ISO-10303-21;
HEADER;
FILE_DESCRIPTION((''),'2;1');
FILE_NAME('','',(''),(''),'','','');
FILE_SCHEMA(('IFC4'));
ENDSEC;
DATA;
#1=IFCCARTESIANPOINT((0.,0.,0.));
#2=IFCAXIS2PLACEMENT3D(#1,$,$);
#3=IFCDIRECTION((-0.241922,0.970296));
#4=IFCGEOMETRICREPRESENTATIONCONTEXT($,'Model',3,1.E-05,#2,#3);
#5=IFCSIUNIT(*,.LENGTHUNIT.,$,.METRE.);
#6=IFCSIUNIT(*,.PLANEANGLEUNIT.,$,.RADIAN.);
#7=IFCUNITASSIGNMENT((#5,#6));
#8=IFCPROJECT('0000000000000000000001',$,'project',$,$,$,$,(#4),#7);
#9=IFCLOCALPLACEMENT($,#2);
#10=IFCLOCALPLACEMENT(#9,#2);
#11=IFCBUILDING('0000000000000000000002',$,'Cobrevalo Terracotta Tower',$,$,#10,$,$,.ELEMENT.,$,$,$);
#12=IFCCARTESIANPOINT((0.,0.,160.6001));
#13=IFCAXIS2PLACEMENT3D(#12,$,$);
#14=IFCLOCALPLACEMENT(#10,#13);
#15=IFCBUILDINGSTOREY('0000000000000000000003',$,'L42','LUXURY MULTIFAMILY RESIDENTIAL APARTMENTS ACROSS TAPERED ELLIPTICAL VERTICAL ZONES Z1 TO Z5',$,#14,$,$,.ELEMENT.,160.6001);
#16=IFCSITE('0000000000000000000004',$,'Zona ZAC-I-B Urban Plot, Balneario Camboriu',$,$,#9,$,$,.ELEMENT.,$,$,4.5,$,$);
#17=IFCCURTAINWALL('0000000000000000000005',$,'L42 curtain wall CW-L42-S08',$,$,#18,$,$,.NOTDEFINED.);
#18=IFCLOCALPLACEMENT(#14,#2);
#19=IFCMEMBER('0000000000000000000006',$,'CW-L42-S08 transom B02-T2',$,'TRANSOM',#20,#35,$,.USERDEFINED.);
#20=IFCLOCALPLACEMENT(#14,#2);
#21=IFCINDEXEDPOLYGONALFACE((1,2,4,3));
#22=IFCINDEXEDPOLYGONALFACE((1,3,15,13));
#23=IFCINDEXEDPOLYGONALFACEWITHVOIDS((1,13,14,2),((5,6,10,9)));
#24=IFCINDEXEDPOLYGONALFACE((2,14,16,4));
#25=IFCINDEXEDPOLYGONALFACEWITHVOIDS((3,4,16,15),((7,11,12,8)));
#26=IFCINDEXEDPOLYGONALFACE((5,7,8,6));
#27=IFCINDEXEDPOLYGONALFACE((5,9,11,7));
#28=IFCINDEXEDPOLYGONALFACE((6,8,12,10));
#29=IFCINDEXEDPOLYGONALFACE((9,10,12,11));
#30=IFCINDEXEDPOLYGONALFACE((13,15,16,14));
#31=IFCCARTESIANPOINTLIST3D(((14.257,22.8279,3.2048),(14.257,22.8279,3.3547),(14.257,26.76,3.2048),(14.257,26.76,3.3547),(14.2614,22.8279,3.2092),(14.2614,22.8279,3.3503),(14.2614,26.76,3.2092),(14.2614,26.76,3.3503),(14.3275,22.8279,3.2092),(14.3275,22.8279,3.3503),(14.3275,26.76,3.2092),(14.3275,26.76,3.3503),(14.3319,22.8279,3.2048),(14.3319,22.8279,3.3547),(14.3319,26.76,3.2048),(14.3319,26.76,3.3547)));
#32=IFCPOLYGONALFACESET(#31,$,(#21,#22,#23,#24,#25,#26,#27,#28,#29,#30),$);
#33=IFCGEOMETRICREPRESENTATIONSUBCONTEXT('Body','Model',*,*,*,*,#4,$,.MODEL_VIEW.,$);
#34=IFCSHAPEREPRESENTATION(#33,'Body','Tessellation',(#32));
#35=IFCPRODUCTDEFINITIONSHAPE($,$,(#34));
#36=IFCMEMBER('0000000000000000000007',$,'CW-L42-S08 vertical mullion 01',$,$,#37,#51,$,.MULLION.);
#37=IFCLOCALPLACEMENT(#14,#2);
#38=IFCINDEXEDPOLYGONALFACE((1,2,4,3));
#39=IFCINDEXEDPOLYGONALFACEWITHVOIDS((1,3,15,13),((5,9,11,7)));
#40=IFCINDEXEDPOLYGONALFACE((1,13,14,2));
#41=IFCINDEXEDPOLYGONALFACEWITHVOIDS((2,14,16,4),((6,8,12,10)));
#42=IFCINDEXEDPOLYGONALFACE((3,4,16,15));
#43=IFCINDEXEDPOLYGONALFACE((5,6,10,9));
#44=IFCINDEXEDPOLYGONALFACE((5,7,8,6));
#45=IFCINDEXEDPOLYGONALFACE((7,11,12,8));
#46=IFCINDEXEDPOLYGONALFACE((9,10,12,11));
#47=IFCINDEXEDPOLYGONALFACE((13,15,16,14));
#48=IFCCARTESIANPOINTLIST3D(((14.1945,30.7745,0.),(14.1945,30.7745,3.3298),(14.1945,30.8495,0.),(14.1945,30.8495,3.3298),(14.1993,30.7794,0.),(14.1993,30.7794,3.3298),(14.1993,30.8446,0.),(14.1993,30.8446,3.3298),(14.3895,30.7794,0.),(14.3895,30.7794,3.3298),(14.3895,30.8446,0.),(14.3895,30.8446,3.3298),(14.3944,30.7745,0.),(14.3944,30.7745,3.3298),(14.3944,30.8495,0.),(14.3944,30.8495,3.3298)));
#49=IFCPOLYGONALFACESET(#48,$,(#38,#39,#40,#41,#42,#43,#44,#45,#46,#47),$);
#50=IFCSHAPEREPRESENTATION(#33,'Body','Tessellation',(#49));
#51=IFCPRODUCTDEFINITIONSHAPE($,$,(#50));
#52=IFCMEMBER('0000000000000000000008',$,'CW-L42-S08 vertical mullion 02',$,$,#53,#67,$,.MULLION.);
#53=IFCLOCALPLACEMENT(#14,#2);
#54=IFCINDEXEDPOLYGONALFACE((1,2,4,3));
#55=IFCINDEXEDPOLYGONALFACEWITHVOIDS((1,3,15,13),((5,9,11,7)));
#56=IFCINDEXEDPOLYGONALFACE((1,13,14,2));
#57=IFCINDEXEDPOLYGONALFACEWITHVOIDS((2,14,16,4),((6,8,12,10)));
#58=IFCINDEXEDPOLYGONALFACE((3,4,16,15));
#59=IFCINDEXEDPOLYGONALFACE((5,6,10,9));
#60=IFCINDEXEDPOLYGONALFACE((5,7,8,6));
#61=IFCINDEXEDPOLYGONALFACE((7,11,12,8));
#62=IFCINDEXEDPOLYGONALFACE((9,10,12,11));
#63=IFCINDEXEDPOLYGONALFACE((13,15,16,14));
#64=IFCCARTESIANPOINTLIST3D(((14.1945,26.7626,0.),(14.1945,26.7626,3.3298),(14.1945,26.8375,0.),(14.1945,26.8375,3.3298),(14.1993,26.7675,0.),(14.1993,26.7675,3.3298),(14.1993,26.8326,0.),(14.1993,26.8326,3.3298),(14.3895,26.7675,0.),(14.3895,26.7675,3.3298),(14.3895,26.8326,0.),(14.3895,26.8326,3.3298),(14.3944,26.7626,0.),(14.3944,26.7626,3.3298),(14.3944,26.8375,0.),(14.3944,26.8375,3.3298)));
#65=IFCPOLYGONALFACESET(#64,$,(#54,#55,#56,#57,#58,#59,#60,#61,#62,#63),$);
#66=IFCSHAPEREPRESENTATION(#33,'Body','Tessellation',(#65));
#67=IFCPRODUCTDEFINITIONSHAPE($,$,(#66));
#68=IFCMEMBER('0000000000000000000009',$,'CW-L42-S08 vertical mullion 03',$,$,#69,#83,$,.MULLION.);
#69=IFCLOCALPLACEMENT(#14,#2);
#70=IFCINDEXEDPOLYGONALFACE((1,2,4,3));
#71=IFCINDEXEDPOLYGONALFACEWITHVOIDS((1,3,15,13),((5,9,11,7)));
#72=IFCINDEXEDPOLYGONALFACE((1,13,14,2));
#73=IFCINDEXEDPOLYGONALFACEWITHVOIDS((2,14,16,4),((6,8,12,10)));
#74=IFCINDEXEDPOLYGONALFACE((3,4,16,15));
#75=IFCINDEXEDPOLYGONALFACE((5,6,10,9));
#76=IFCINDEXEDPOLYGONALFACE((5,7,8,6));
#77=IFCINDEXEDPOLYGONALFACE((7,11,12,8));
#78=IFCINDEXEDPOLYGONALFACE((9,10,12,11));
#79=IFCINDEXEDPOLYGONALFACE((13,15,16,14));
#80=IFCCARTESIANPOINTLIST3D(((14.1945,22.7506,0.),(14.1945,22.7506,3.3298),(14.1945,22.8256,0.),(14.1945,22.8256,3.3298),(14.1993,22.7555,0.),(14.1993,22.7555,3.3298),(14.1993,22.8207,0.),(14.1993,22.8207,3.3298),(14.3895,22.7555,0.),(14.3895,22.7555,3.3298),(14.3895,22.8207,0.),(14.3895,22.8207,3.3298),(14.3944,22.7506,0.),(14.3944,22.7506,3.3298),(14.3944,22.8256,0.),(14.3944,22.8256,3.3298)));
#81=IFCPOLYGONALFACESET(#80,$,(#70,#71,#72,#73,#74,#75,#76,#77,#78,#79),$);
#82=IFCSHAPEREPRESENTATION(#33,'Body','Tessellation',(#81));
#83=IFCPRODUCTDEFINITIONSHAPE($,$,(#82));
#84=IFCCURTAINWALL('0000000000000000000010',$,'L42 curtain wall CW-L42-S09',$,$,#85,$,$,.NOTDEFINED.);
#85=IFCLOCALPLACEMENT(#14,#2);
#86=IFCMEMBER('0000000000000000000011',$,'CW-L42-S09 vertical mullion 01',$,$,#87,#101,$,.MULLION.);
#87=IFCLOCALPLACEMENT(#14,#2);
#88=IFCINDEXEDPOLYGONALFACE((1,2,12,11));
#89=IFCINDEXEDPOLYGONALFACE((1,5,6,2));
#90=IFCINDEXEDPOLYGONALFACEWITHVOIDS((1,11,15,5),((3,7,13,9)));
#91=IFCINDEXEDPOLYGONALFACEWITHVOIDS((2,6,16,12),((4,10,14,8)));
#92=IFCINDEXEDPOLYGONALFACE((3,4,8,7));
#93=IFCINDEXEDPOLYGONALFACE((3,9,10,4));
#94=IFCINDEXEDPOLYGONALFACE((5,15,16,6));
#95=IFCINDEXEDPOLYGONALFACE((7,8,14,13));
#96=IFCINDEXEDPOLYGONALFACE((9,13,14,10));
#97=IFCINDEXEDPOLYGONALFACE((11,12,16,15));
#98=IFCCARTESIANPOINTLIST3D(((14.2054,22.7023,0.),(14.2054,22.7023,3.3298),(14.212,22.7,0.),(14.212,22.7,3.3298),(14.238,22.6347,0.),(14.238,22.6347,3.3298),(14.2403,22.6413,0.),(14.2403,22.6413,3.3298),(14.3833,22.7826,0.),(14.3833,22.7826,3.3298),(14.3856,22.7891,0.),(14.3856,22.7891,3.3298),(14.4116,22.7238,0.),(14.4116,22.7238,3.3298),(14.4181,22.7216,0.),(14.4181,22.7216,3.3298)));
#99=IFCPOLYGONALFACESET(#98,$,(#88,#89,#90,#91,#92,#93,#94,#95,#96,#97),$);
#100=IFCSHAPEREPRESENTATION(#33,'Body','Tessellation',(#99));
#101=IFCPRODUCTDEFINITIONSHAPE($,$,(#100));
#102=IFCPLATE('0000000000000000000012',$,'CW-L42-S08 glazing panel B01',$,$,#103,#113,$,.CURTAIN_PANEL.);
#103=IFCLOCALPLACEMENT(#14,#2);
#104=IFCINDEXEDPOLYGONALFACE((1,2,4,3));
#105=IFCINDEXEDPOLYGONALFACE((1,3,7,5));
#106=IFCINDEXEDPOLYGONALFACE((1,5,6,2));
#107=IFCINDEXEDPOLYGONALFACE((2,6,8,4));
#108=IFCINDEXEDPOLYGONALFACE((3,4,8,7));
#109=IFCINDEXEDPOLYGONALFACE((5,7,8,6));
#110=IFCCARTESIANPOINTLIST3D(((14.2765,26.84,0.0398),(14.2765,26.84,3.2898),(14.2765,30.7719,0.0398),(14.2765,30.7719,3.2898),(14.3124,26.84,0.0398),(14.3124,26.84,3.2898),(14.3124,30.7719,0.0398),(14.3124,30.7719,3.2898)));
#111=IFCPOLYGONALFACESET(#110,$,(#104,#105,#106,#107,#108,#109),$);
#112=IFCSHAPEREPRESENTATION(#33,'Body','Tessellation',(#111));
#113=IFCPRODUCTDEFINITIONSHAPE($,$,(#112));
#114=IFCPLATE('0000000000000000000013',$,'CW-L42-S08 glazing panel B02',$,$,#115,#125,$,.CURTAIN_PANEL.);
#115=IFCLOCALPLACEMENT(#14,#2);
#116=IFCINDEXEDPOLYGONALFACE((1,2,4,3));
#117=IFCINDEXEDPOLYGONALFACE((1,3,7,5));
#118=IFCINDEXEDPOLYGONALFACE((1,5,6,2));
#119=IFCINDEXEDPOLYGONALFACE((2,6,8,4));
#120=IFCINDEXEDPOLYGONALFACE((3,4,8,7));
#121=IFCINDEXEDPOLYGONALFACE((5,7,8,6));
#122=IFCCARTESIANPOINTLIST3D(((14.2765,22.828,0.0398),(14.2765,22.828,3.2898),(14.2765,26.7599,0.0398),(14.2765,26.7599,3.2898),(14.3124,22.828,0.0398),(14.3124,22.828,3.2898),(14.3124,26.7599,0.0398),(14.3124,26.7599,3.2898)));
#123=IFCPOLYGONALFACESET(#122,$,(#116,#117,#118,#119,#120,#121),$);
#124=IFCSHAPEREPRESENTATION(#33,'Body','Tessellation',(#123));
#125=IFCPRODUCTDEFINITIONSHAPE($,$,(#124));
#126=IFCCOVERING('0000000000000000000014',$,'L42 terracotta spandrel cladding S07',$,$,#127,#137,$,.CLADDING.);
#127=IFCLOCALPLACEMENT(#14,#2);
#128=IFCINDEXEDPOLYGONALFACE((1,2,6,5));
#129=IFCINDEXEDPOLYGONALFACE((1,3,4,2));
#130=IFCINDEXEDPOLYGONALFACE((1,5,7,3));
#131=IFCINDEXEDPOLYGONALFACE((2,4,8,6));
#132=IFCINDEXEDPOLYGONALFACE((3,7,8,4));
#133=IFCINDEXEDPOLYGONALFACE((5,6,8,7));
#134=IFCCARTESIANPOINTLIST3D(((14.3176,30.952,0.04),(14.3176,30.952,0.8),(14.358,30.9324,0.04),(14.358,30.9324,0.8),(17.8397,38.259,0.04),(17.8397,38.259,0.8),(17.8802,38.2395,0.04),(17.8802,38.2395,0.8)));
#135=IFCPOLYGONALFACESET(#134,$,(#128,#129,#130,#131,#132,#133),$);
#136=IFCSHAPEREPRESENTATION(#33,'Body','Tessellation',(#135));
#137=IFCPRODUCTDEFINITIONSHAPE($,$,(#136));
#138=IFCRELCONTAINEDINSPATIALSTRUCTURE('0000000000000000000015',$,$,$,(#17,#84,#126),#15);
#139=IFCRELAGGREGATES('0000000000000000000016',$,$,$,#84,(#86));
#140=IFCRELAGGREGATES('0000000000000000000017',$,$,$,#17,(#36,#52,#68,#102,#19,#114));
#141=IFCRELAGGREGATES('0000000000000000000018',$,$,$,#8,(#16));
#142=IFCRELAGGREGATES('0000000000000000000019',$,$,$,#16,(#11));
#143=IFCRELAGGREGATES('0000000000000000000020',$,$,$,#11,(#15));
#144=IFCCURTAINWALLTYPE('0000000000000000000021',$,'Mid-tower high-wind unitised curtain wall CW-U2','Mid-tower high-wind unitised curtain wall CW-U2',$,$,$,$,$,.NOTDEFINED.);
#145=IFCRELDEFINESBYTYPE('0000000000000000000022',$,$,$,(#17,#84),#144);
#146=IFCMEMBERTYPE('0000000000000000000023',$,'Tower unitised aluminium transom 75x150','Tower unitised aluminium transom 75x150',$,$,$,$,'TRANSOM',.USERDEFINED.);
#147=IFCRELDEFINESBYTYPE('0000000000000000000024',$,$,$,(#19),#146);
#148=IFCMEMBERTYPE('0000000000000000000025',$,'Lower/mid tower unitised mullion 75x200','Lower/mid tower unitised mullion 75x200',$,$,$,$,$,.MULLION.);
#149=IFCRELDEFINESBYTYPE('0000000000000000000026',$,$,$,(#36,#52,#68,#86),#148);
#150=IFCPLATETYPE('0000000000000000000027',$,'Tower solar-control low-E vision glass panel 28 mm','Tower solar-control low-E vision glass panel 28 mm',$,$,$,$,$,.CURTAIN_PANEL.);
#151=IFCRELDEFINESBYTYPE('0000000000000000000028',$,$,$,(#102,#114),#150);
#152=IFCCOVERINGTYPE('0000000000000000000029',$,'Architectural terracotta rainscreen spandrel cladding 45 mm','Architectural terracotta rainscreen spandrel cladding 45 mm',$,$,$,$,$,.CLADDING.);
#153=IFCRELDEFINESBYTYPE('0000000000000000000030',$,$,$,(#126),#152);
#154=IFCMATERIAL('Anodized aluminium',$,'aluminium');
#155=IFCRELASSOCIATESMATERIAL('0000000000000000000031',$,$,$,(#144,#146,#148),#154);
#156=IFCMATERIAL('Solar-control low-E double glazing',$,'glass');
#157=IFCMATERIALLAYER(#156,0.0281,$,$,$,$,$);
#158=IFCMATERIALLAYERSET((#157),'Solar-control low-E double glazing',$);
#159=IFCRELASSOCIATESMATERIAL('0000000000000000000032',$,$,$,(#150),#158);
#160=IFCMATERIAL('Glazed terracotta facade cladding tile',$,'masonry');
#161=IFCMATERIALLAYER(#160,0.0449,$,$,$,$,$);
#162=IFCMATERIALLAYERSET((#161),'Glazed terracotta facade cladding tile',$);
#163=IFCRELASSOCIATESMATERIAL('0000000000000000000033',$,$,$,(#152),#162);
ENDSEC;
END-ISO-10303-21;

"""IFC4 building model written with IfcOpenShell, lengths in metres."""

from ifc_helpers import new_model, si_unit, direction, frame, origin, origin_2d, place, context, subcontext, project, spatial, rectangle, hollow_rectangle, extrude, source, transform, mapped, material, layer, layer_set, material_profile, profile_set, type_object, element, aggregate, save


model = new_model("IFC4")

# Units and contexts
model_context = context("Model", 3, precision=1e-05, world=origin(), true_north=direction((-0.241922, 0.970296)))
body_context = subcontext(model_context, "Body", "Model", "MODEL_VIEW")
ifc_project = project(units=[si_unit("LENGTHUNIT", "METRE"), si_unit("PLANEANGLEUNIT", "RADIAN")], contexts=[model_context])

# Site, building, storey
site_placement = place(None, origin())
site = spatial("IfcSite", under=ifc_project, at=site_placement, Name="Zona ZAC-I-B Urban Plot, Balneario Camboriu", CompositionType="ELEMENT", RefElevation=4.5)
building_placement = place(site_placement, origin())
building = spatial("IfcBuilding", under=site, at=building_placement, Name="Cobrevalo Terracotta Tower", CompositionType="ELEMENT")
storey_placement = place(building_placement, frame((0.0, 0.0, 160.6001)))
storey = spatial("IfcBuildingStorey", under=building, at=storey_placement, Name="L42", Description="LUXURY MULTIFAMILY RESIDENTIAL APARTMENTS ACROSS TAPERED ELLIPTICAL VERTICAL ZONES Z1 TO Z5", CompositionType="ELEMENT", Elevation=160.6001)

# Curtain wall, members
ifc_material_1 = material(Name="Anodized aluminium", Category="aluminium")
curtain_wall_type = type_object("IfcCurtainWallType", Name="Mid-tower high-wind unitised curtain wall CW-U2", Description="Mid-tower high-wind unitised curtain wall CW-U2", PredefinedType="NOTDEFINED", material=ifc_material_1)
curtain_wall_1_placement = place(storey_placement, origin())
curtain_wall_1 = element("IfcCurtainWall", 1, at=curtain_wall_1_placement, inside=storey, type_object=curtain_wall_type, Name="L42 curtain wall CW-L42-S08", PredefinedType="NOTDEFINED")
ifc_material_profile_1 = material_profile(ifc_material_1, hollow_rectangle(XDim=0.075, YDim=0.1499, WallThickness=0.0044, at=origin_2d()), Name="CWT 75x150")
ifc_profile_set_1 = profile_set([ifc_material_profile_1], Name="Anodized aluminium")
member_type_1 = type_object("IfcMemberType", Name="Tower unitised aluminium transom 75x150", Description="Tower unitised aluminium transom 75x150", ElementType="TRANSOM", PredefinedType="USERDEFINED", material=ifc_profile_set_1)
shared_shape_1 = source(origin(), body_context, "Body", "SweptSolid", [
    extrude(hollow_rectangle(XDim=0.075, YDim=0.1499, WallThickness=0.0044, at=origin_2d()), origin(), (0.0, 0.0, 1.0), 3.9321),
])
member_1_placement = place(storey_placement, frame((14.2944, 26.76, 3.2798), z_axis=(0.0, -1.0, 0.0), x_axis=(1.0, 0.0, 0.0)))
member_1 = element("IfcMember", 2, at=member_1_placement, type_object=member_type_1, Name="CW-L42-S08 transom B02-T2", ObjectType="TRANSOM", PredefinedType="USERDEFINED", context=body_context, shape_type="MappedRepresentation", body=[
    mapped(shared_shape_1, transform((0.0, 0.0, 0.0), scale=1.0)),
])
ifc_material_profile_2 = material_profile(ifc_material_1, hollow_rectangle(XDim=0.075, YDim=0.2, WallThickness=0.0049, at=origin_2d()), Name="CWM 75x200")
ifc_profile_set_2 = profile_set([ifc_material_profile_2], Name="Anodized aluminium")
member_type_2 = type_object("IfcMemberType", Name="Lower/mid tower unitised mullion 75x200", Description="Lower/mid tower unitised mullion 75x200", PredefinedType="MULLION", material=ifc_profile_set_2)
shared_shape_2 = source(origin(), body_context, "Body", "SweptSolid", [
    extrude(hollow_rectangle(XDim=0.075, YDim=0.2, WallThickness=0.0049, at=origin_2d()), origin(), (0.0, 0.0, 1.0), 3.3298),
])
member_2_placement = place(storey_placement, frame((14.2944, 30.812, 0.0), z_axis=(0.0, 0.0, 1.0), x_axis=(0.0, -1.0, 0.0)))
member_2 = element("IfcMember", 3, at=member_2_placement, type_object=member_type_2, Name="CW-L42-S08 vertical mullion 01", PredefinedType="MULLION", context=body_context, shape_type="MappedRepresentation", body=[
    mapped(shared_shape_2, transform((0.0, 0.0, 0.0), scale=1.0)),
])
member_3_placement = place(storey_placement, frame((14.2944, 26.8, 0.0), z_axis=(0.0, 0.0, 1.0), x_axis=(0.0, -1.0, 0.0)))
member_3 = element("IfcMember", 4, at=member_3_placement, type_object=member_type_2, Name="CW-L42-S08 vertical mullion 02", PredefinedType="MULLION", context=body_context, shape_type="MappedRepresentation", body=[
    mapped(shared_shape_2, transform((0.0, 0.0, 0.0), scale=1.0)),
])
member_4_placement = place(storey_placement, frame((14.2944, 22.7881, 0.0), z_axis=(0.0, 0.0, 1.0), x_axis=(0.0, -1.0, 0.0)))
member_4 = element("IfcMember", 5, at=member_4_placement, type_object=member_type_2, Name="CW-L42-S08 vertical mullion 03", PredefinedType="MULLION", context=body_context, shape_type="MappedRepresentation", body=[
    mapped(shared_shape_2, transform((0.0, 0.0, 0.0), scale=1.0)),
])

# Curtain wall, member
curtain_wall_2_placement = place(storey_placement, origin())
curtain_wall_2 = element("IfcCurtainWall", 6, at=curtain_wall_2_placement, inside=storey, type_object=curtain_wall_type, Name="L42 curtain wall CW-L42-S09", PredefinedType="NOTDEFINED")
member_5_placement = place(storey_placement, frame((14.3118, 22.7119, 0.0), z_axis=(0.0, 0.0, 1.0), x_axis=(0.434209, -0.900812, 0.0)))
member_5 = element("IfcMember", 7, at=member_5_placement, type_object=member_type_2, Name="CW-L42-S09 vertical mullion 01", PredefinedType="MULLION", context=body_context, shape_type="MappedRepresentation", body=[
    mapped(shared_shape_2, transform((0.0, 0.0, 0.0), scale=1.0)),
])
aggregate(curtain_wall_2, [member_5])

# Plates
ifc_material_2 = material(Name="Solar-control low-E double glazing", Category="glass")
ifc_layer_1 = layer(ifc_material_2, 0.0281)
ifc_layer_set_1 = layer_set([ifc_layer_1], Name="Solar-control low-E double glazing")
plate_type = type_object("IfcPlateType", Name="Tower solar-control low-E vision glass panel 28 mm", Description="Tower solar-control low-E vision glass panel 28 mm", PredefinedType="CURTAIN_PANEL", material=ifc_layer_set_1)
shared_shape_3 = source(origin(), body_context, "Body", "SweptSolid", [
    extrude(rectangle(XDim=3.9319, YDim=0.0359, at=origin_2d()), origin(), (0.0, 0.0, 1.0), 3.25),
])
plate_1_placement = place(storey_placement, frame((14.2944, 28.8059, 0.0398), z_axis=(0.0, 0.0, 1.0), x_axis=(0.0, -1.0, 0.0)))
plate_1 = element("IfcPlate", 8, at=plate_1_placement, type_object=plate_type, Name="CW-L42-S08 glazing panel B01", PredefinedType="CURTAIN_PANEL", context=body_context, shape_type="MappedRepresentation", body=[
    mapped(shared_shape_3, transform((0.0, 0.0, 0.0), scale=1.0)),
])
plate_2_placement = place(storey_placement, frame((14.2944, 24.7939, 0.0398), z_axis=(0.0, 0.0, 1.0), x_axis=(0.0, -1.0, 0.0)))
plate_2 = element("IfcPlate", 9, at=plate_2_placement, type_object=plate_type, Name="CW-L42-S08 glazing panel B02", PredefinedType="CURTAIN_PANEL", context=body_context, shape_type="MappedRepresentation", body=[
    mapped(shared_shape_3, transform((0.0, 0.0, 0.0), scale=1.0)),
])
aggregate(curtain_wall_1, [member_2, member_3, member_4, plate_1, member_1, plate_2])

# Covering
ifc_material_3 = material(Name="Glazed terracotta facade cladding tile", Category="masonry")
ifc_layer_2 = layer(ifc_material_3, 0.0449)
ifc_layer_set_2 = layer_set([ifc_layer_2], Name="Glazed terracotta facade cladding tile")
covering_type = type_object("IfcCoveringType", Name="Architectural terracotta rainscreen spandrel cladding 45 mm", Description="Architectural terracotta rainscreen spandrel cladding 45 mm", PredefinedType="CLADDING", material=ifc_layer_set_2)
shared_shape_4 = source(origin(), body_context, "Body", "SweptSolid", [
    extrude(rectangle(XDim=8.1116, YDim=0.0449, at=origin_2d()), origin(), (0.0, 0.0, 1.0), 0.76),
])
covering_placement = place(storey_placement, frame((16.0989, 34.5957, 0.04), z_axis=(0.0, 0.0, 1.0), x_axis=(-0.434209, -0.900812, 0.0)))
element("IfcCovering", 10, at=covering_placement, inside=storey, type_object=covering_type, Name="L42 terracotta spandrel cladding S07", PredefinedType="CLADDING", context=body_context, shape_type="MappedRepresentation", body=[
    mapped(shared_shape_4, transform((0.0, 0.0, 0.0), scale=1.0)),
])

save(model, "model.ifc")
